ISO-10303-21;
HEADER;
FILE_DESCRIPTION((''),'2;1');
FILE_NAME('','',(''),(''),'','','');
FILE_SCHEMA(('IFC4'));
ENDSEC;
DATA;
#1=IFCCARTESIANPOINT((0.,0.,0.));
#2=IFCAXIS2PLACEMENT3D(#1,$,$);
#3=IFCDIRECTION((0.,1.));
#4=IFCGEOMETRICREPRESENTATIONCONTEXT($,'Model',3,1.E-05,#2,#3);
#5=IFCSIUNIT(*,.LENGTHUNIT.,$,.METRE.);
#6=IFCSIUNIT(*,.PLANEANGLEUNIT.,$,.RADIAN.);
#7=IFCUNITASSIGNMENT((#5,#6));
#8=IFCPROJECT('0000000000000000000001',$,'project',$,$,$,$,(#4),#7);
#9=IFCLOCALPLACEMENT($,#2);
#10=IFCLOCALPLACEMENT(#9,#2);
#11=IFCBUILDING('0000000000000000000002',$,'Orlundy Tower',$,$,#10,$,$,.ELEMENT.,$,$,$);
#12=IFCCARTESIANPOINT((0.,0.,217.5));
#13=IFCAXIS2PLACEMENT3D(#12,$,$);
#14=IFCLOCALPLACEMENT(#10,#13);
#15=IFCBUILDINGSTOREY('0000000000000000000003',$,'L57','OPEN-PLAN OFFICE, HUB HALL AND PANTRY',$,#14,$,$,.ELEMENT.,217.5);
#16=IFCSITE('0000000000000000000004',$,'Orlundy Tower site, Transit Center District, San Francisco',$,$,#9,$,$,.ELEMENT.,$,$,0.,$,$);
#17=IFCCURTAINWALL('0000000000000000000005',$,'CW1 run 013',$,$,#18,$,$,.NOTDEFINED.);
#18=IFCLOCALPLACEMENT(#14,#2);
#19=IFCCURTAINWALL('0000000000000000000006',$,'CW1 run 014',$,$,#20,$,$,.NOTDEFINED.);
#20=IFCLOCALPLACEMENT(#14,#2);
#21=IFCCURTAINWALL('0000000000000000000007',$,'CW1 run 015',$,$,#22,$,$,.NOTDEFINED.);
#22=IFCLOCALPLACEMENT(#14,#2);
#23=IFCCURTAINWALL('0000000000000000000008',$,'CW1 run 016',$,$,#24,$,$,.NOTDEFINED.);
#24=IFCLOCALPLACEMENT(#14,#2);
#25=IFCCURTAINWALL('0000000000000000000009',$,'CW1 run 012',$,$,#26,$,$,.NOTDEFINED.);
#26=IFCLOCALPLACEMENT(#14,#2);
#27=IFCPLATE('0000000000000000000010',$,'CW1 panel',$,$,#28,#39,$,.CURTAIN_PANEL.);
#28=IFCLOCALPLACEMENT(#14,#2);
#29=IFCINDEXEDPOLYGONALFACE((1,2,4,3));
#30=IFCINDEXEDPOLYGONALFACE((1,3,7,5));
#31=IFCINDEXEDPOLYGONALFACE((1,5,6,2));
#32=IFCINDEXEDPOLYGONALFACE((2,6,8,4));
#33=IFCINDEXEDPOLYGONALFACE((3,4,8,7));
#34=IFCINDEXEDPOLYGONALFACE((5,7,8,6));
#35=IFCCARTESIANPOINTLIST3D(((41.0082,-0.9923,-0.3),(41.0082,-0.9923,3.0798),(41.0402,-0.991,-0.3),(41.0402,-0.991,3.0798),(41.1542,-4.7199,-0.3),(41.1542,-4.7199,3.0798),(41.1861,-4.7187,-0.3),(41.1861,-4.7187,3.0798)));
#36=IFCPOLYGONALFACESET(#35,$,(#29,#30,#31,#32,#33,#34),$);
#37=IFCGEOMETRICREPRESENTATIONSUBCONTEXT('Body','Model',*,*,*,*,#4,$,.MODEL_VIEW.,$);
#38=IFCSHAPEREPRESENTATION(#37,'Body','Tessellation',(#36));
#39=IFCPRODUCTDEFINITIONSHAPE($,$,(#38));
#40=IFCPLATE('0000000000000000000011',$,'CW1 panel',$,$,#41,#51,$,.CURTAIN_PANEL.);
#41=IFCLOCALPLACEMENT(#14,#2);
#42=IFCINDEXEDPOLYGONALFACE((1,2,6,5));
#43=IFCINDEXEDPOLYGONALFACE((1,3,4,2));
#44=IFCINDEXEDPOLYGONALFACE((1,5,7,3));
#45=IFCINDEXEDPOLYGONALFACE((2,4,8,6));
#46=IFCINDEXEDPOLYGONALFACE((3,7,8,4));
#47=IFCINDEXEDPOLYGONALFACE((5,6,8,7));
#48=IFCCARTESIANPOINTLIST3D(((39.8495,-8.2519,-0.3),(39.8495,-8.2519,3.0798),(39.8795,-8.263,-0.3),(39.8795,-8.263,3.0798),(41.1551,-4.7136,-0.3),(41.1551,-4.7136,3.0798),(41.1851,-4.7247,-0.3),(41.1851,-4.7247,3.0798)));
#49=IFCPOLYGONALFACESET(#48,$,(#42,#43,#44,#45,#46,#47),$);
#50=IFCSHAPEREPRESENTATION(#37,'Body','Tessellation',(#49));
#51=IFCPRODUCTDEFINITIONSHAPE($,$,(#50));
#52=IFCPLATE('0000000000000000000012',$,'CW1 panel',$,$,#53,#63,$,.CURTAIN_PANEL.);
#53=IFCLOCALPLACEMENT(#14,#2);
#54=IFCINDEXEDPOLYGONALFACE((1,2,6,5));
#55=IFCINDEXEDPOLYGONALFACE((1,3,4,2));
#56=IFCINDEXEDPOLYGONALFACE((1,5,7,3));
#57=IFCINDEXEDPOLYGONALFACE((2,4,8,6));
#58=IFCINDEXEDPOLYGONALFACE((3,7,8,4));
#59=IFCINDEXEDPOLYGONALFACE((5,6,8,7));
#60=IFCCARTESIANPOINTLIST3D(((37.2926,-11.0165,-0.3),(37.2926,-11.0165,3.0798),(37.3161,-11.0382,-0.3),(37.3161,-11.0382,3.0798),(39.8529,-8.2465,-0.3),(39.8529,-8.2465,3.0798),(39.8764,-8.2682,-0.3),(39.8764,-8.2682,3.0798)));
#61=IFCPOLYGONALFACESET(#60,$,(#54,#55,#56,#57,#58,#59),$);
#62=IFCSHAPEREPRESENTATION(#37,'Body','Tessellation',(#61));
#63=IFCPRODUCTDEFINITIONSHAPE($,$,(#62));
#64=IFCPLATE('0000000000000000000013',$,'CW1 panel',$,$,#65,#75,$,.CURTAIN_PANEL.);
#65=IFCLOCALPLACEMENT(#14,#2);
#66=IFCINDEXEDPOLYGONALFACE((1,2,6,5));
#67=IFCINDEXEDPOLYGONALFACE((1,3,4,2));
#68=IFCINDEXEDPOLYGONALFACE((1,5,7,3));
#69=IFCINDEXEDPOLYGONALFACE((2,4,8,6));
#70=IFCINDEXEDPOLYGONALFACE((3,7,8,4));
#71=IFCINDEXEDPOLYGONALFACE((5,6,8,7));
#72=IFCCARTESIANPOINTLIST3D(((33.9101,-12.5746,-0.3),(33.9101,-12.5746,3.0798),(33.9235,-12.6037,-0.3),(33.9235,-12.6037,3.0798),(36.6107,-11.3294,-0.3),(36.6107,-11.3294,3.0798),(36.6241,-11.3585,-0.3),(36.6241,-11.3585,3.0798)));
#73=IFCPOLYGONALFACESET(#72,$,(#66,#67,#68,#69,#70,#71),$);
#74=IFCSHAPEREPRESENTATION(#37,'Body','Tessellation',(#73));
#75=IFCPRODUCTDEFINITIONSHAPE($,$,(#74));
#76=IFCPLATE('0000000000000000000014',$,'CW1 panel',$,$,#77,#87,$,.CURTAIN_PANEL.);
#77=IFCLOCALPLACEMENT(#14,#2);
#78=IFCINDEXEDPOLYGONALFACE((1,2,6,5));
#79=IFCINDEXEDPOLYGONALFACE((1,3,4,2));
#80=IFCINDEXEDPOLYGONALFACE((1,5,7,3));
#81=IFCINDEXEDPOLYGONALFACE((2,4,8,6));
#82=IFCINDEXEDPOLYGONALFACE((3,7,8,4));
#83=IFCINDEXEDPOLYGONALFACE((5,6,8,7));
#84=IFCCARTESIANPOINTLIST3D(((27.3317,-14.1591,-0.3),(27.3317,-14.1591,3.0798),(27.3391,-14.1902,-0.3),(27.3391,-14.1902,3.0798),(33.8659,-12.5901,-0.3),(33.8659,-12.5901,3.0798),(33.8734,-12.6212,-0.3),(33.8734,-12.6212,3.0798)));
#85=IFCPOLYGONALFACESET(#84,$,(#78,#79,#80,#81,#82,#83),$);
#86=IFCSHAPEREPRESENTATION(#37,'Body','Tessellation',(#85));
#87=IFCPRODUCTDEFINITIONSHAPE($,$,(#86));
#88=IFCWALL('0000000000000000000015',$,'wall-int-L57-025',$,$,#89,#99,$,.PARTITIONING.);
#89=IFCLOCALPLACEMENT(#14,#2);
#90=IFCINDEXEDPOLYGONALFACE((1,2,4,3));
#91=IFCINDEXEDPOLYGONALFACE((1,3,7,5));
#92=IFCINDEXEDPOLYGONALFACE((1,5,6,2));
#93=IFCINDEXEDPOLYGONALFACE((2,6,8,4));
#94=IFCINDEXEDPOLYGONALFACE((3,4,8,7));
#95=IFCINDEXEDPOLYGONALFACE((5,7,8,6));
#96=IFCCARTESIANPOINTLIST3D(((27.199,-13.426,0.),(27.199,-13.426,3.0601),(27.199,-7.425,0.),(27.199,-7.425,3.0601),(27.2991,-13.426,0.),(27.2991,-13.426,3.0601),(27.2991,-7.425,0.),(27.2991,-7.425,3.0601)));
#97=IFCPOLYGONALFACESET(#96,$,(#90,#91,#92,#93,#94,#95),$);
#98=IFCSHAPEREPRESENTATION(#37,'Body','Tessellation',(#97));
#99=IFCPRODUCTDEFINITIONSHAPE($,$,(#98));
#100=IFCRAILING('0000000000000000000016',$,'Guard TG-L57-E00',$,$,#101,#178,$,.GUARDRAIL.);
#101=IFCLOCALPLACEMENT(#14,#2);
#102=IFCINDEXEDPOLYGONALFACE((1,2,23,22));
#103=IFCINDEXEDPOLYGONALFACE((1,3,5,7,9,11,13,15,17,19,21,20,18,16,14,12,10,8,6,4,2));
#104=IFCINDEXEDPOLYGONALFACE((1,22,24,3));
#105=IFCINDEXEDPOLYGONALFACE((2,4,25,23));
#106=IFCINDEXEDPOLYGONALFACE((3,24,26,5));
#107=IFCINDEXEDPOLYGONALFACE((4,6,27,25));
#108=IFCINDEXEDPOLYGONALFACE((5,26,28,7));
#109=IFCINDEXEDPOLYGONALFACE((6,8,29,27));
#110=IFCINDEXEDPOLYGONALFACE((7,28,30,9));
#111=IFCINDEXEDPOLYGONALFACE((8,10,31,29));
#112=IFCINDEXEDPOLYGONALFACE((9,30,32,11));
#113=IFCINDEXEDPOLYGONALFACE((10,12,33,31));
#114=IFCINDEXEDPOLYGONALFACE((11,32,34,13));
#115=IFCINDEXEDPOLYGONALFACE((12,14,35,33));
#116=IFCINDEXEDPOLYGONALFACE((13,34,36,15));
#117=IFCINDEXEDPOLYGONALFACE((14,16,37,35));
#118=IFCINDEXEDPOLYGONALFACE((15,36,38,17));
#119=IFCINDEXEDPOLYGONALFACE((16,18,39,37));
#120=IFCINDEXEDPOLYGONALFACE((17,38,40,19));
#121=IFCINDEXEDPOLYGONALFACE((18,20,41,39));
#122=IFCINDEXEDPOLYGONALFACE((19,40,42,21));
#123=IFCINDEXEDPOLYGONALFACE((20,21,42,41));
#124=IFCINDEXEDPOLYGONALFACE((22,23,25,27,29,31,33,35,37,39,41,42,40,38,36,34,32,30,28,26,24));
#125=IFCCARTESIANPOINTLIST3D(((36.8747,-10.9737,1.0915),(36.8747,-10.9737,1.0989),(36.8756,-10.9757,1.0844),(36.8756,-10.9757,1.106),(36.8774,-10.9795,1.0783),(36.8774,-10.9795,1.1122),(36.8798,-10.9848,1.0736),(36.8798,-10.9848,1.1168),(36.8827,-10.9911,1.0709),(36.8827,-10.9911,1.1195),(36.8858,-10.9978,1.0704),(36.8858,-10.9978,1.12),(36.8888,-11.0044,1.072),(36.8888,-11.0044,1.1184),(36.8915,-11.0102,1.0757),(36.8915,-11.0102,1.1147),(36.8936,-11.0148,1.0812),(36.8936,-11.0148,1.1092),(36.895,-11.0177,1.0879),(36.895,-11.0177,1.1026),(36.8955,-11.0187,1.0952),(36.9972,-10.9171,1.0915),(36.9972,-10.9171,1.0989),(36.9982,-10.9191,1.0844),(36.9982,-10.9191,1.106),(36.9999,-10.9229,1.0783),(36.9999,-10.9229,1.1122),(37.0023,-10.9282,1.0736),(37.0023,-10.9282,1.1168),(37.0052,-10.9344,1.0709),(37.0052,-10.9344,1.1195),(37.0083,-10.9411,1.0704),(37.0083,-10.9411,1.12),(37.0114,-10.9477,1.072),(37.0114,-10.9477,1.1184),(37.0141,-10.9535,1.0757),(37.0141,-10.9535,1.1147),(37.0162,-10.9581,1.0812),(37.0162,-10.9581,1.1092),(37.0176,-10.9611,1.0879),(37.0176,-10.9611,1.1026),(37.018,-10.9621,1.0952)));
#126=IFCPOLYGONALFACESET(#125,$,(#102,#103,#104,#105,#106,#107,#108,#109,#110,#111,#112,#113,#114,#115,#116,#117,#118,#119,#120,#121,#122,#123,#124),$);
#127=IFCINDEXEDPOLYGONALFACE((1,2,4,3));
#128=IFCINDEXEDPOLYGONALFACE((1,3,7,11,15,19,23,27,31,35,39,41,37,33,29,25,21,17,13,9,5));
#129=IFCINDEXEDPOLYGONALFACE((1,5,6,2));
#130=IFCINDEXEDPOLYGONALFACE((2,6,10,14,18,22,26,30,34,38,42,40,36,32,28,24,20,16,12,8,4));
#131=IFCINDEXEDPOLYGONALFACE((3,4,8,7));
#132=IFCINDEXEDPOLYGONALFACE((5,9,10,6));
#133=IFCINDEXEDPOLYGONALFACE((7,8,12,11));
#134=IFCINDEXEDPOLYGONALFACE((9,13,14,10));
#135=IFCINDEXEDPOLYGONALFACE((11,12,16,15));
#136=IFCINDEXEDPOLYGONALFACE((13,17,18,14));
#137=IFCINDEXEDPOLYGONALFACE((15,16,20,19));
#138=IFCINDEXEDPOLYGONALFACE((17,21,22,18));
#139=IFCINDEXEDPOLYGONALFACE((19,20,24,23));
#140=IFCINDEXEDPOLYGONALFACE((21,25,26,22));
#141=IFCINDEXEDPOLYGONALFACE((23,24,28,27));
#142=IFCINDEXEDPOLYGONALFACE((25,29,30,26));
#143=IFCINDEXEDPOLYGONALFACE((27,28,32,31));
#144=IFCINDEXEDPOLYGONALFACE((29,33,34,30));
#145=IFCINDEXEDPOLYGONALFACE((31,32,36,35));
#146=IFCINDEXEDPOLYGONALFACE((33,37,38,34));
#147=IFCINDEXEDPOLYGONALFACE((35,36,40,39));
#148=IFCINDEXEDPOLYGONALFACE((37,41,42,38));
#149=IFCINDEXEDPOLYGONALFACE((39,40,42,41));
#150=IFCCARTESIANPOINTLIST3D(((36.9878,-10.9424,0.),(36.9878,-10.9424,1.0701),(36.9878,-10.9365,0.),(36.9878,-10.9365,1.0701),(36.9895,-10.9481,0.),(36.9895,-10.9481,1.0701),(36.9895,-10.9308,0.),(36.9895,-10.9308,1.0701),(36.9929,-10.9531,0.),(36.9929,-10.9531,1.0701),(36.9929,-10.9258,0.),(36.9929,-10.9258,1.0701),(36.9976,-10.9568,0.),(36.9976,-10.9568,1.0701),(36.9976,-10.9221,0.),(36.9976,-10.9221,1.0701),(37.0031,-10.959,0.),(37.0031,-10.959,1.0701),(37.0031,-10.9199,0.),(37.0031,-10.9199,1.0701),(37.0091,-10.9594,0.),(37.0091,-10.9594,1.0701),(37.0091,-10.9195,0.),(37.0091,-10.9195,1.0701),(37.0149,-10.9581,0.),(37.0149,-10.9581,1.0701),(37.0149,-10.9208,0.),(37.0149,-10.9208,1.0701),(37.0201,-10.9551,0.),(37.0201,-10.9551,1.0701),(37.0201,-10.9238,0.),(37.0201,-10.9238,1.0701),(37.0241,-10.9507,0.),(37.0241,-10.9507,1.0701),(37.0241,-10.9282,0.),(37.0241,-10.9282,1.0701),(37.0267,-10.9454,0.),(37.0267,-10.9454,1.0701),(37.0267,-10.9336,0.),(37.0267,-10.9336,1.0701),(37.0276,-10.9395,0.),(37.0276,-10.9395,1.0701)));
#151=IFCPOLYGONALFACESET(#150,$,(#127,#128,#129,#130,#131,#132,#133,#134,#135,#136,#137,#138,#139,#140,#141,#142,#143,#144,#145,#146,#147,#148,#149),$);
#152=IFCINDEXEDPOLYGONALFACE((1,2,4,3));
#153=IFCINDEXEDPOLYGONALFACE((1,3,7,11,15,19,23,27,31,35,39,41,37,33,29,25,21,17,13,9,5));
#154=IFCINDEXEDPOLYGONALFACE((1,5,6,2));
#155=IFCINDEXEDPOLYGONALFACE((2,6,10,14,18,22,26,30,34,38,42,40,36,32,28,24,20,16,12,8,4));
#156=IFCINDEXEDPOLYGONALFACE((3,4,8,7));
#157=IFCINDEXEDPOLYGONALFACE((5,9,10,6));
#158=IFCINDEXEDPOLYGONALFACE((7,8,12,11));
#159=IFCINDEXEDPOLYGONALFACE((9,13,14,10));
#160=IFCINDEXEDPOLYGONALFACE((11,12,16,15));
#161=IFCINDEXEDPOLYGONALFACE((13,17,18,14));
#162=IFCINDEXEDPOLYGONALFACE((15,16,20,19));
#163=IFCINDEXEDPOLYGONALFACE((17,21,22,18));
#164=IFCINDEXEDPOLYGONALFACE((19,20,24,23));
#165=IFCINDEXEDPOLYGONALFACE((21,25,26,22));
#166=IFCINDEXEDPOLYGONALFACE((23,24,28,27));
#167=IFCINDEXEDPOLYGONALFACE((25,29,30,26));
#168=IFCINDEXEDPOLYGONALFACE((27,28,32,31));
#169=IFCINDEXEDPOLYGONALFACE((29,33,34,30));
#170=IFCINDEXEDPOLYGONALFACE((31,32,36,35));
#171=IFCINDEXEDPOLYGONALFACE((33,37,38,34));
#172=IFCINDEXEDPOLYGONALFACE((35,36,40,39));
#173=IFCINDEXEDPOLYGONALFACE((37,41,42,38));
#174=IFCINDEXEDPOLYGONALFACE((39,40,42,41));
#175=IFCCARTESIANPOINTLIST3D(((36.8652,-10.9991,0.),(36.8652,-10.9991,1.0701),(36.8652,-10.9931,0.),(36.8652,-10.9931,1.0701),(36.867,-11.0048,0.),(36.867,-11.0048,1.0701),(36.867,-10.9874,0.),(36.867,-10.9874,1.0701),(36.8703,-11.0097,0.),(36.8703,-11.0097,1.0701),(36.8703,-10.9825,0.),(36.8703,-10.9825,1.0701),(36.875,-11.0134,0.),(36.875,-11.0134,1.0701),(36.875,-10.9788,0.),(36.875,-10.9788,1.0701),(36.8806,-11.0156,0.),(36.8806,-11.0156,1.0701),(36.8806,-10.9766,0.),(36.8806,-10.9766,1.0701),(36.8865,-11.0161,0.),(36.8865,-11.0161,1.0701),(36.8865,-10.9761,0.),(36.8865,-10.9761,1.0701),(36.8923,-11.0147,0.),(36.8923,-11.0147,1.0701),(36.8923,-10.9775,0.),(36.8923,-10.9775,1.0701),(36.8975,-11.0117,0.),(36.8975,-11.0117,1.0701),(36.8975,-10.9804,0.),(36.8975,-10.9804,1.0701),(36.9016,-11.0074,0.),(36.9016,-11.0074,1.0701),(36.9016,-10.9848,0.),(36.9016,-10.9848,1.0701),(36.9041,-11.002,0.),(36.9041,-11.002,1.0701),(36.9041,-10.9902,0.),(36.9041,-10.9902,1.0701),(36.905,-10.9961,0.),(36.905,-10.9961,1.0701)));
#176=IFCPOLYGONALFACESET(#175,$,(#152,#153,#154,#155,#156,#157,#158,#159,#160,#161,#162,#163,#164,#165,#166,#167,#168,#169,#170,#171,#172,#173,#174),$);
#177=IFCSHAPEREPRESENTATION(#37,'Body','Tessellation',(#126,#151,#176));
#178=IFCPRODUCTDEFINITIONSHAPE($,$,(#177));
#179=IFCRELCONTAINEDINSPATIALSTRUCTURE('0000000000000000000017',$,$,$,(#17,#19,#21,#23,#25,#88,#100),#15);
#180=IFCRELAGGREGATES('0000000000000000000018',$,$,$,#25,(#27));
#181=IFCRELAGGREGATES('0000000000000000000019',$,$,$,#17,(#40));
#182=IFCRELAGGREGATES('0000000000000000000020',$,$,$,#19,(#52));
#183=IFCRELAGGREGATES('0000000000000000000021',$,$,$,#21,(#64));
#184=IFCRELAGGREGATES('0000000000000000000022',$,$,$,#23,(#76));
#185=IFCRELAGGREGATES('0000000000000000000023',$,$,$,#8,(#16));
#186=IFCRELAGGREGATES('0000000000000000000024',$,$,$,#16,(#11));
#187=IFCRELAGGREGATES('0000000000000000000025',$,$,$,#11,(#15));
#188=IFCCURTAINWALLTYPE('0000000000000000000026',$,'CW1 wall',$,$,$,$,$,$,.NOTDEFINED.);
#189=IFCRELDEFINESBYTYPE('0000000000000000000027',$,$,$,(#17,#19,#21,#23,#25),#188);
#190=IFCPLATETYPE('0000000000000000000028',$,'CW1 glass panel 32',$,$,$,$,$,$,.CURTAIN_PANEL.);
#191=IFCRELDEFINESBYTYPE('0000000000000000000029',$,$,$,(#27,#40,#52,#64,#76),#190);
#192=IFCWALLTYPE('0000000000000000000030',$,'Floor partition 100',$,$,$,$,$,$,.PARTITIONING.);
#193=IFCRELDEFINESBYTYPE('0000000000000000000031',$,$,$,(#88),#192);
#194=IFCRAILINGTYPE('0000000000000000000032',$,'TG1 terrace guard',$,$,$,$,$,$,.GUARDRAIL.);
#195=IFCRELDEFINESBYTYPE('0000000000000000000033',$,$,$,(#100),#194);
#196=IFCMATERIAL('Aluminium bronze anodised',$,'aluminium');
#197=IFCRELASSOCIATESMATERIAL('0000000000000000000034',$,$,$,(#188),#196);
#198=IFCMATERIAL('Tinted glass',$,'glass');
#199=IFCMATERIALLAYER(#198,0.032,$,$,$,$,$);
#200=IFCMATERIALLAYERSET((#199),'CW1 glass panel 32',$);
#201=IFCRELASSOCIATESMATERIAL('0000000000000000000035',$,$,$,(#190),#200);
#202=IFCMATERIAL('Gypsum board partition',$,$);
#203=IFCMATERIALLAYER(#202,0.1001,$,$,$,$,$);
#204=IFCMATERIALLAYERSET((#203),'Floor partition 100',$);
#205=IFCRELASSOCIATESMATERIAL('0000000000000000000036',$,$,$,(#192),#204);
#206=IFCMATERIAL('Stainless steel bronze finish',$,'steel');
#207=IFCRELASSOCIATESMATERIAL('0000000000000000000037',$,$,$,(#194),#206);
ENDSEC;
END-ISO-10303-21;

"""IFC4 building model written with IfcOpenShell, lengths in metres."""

from ifc_helpers import new_model, si_unit, direction, frame, frame_2d, origin, origin_2d, place, context, subcontext, project, spatial, rectangle, circle, extrude, material, layer, layer_set, type_object, element, aggregate, save


model = new_model("IFC4")

# Units and contexts
model_context = context("Model", 3, precision=1e-05, world=origin(), true_north=direction((0.0, 1.0)))
body_context = subcontext(model_context, "Body", "Model", "MODEL_VIEW")
ifc_project = project(units=[si_unit("LENGTHUNIT", "METRE"), si_unit("PLANEANGLEUNIT", "RADIAN")], contexts=[model_context])

# Site, building, storey
site_placement = place(None, origin())
site = spatial("IfcSite", under=ifc_project, at=site_placement, Name="Orlundy Tower site, Transit Center District, San Francisco", CompositionType="ELEMENT", RefElevation=0.0)
building_placement = place(site_placement, origin())
building = spatial("IfcBuilding", under=site, at=building_placement, Name="Orlundy Tower", CompositionType="ELEMENT")
storey_placement = place(building_placement, frame((0.0, 0.0, 217.5)))
storey = spatial("IfcBuildingStorey", under=building, at=storey_placement, Name="L57", Description="OPEN-PLAN OFFICE, HUB HALL AND PANTRY", CompositionType="ELEMENT", Elevation=217.5)

# Curtain walls
ifc_material_1 = material(Name="Aluminium bronze anodised", Category="aluminium")
curtain_wall_type = type_object("IfcCurtainWallType", Name="CW1 wall", PredefinedType="NOTDEFINED", material=ifc_material_1)
curtain_wall_1_placement = place(storey_placement, origin())
curtain_wall_1 = element("IfcCurtainWall", 1, at=curtain_wall_1_placement, inside=storey, type_object=curtain_wall_type, Name="CW1 run 013", PredefinedType="NOTDEFINED")
curtain_wall_2_placement = place(storey_placement, origin())
curtain_wall_2 = element("IfcCurtainWall", 2, at=curtain_wall_2_placement, inside=storey, type_object=curtain_wall_type, Name="CW1 run 014", PredefinedType="NOTDEFINED")
curtain_wall_3_placement = place(storey_placement, origin())
curtain_wall_3 = element("IfcCurtainWall", 3, at=curtain_wall_3_placement, inside=storey, type_object=curtain_wall_type, Name="CW1 run 015", PredefinedType="NOTDEFINED")
curtain_wall_4_placement = place(storey_placement, origin())
curtain_wall_4 = element("IfcCurtainWall", 4, at=curtain_wall_4_placement, inside=storey, type_object=curtain_wall_type, Name="CW1 run 016", PredefinedType="NOTDEFINED")

# Curtain wall, plate
curtain_wall_5_placement = place(storey_placement, origin())
curtain_wall_5 = element("IfcCurtainWall", 5, at=curtain_wall_5_placement, inside=storey, type_object=curtain_wall_type, Name="CW1 run 012", PredefinedType="NOTDEFINED")
ifc_material_2 = material(Name="Tinted glass", Category="glass")
ifc_layer_1 = layer(ifc_material_2, 0.032)
ifc_layer_set_1 = layer_set([ifc_layer_1], Name="CW1 glass panel 32")
plate_type = type_object("IfcPlateType", Name="CW1 glass panel 32", PredefinedType="CURTAIN_PANEL", material=ifc_layer_set_1)
plate_1_placement = place(storey_placement, frame((41.0972, -2.8555, -0.3), z_axis=(0.0, 0.0, 1.0), x_axis=(0.039117, -0.999235, 0.0)))
plate_1 = element("IfcPlate", 6, at=plate_1_placement, type_object=plate_type, Name="CW1 panel", PredefinedType="CURTAIN_PANEL", context=body_context, shape_type="SweptSolid", body=[
    extrude(rectangle(XDim=3.7305, YDim=0.032, at=origin_2d()), origin(), (0.0, 0.0, 1.0), 3.3799),
])
aggregate(curtain_wall_5, [plate_1])

# Plates
plate_2_placement = place(storey_placement, frame((40.5173, -6.4883, -0.3), z_axis=(0.0, 0.0, 1.0), x_axis=(-0.34618, -0.938168, 0.0)))
plate_2 = element("IfcPlate", 7, at=plate_2_placement, type_object=plate_type, Name="CW1 panel", PredefinedType="CURTAIN_PANEL", context=body_context, shape_type="SweptSolid", body=[
    extrude(rectangle(XDim=3.7715, YDim=0.032, at=origin_2d()), origin(), (0.0, 0.0, 1.0), 3.3799),
])
aggregate(curtain_wall_1, [plate_2])
plate_3_placement = place(storey_placement, frame((38.5845, -9.6423, -0.3), z_axis=(0.0, 0.0, 1.0), x_axis=(-0.678773, -0.734348, 0.0)))
plate_3 = element("IfcPlate", 8, at=plate_3_placement, type_object=plate_type, Name="CW1 panel", PredefinedType="CURTAIN_PANEL", context=body_context, shape_type="SweptSolid", body=[
    extrude(rectangle(XDim=3.772, YDim=0.032, at=origin_2d()), origin(), (0.0, 0.0, 1.0), 3.3799),
])
aggregate(curtain_wall_2, [plate_3])
plate_4_placement = place(storey_placement, frame((35.2671, -11.9666, -0.3), z_axis=(0.0, 0.0, 1.0), x_axis=(-0.908117, -0.418716, 0.0)))
plate_4 = element("IfcPlate", 9, at=plate_4_placement, type_object=plate_type, Name="CW1 panel", PredefinedType="CURTAIN_PANEL", context=body_context, shape_type="SweptSolid", body=[
    extrude(rectangle(XDim=2.9739, YDim=0.032, at=origin_2d()), origin(), (0.0, 0.0, 1.0), 3.3799),
])
aggregate(curtain_wall_3, [plate_4])
plate_5_placement = place(storey_placement, frame((30.6025, -13.3901, -0.3), z_axis=(0.0, 0.0, 1.0), x_axis=(-0.972363, -0.233473, 0.0)))
plate_5 = element("IfcPlate", 10, at=plate_5_placement, type_object=plate_type, Name="CW1 panel", PredefinedType="CURTAIN_PANEL", context=body_context, shape_type="SweptSolid", body=[
    extrude(rectangle(XDim=6.72, YDim=0.032, at=origin_2d()), origin(), (0.0, 0.0, 1.0), 3.3799),
])
aggregate(curtain_wall_4, [plate_5])

# Wall
ifc_material_3 = material(Name="Gypsum board partition")
ifc_layer_2 = layer(ifc_material_3, 0.1001)
ifc_layer_set_2 = layer_set([ifc_layer_2], Name="Floor partition 100")
wall_type = type_object("IfcWallType", Name="Floor partition 100", PredefinedType="PARTITIONING", material=ifc_layer_set_2)
wall_placement = place(storey_placement, frame((27.249, -13.426, 0.0), z_axis=(0.0, 0.0, 1.0), x_axis=(0.0, 1.0, 0.0)))
element("IfcWall", 11, at=wall_placement, inside=storey, type_object=wall_type, Name="wall-int-L57-025", PredefinedType="PARTITIONING", context=body_context, shape_type="SweptSolid", body=[
    extrude(rectangle(XDim=6.001, YDim=0.1001, at=frame_2d((3.0005, 0.0))), origin(), (0.0, 0.0, 1.0), 3.0601),
])

# Railing
ifc_material_4 = material(Name="Stainless steel bronze finish", Category="steel")
railing_type = type_object("IfcRailingType", Name="TG1 terrace guard", PredefinedType="GUARDRAIL", material=ifc_material_4)
railing_placement = place(storey_placement, frame((37.0076, -10.9395, 0.0)))
element("IfcRailing", 12, at=railing_placement, inside=storey, type_object=railing_type, Name="Guard TG-L57-E00", PredefinedType="GUARDRAIL", context=body_context, shape_type="SweptSolid", body=[
    extrude(circle(Radius=0.0249, at=origin_2d()), frame((0.0, 0.0, 1.0952), z_axis=(-0.907748, -0.419517, 0.0), x_axis=(0.419517, -0.907748, 0.0)), (0.0, 0.0, 1.0), 0.135),
    extrude(circle(Radius=0.02, at=origin_2d()), origin(), (0.0, 0.0, 1.0), 1.0701),
    extrude(circle(Radius=0.02, at=origin_2d()), frame((-0.1226, -0.0566, 0.0)), (0.0, 0.0, 1.0), 1.0701),
])

save(model, "model.ifc")
